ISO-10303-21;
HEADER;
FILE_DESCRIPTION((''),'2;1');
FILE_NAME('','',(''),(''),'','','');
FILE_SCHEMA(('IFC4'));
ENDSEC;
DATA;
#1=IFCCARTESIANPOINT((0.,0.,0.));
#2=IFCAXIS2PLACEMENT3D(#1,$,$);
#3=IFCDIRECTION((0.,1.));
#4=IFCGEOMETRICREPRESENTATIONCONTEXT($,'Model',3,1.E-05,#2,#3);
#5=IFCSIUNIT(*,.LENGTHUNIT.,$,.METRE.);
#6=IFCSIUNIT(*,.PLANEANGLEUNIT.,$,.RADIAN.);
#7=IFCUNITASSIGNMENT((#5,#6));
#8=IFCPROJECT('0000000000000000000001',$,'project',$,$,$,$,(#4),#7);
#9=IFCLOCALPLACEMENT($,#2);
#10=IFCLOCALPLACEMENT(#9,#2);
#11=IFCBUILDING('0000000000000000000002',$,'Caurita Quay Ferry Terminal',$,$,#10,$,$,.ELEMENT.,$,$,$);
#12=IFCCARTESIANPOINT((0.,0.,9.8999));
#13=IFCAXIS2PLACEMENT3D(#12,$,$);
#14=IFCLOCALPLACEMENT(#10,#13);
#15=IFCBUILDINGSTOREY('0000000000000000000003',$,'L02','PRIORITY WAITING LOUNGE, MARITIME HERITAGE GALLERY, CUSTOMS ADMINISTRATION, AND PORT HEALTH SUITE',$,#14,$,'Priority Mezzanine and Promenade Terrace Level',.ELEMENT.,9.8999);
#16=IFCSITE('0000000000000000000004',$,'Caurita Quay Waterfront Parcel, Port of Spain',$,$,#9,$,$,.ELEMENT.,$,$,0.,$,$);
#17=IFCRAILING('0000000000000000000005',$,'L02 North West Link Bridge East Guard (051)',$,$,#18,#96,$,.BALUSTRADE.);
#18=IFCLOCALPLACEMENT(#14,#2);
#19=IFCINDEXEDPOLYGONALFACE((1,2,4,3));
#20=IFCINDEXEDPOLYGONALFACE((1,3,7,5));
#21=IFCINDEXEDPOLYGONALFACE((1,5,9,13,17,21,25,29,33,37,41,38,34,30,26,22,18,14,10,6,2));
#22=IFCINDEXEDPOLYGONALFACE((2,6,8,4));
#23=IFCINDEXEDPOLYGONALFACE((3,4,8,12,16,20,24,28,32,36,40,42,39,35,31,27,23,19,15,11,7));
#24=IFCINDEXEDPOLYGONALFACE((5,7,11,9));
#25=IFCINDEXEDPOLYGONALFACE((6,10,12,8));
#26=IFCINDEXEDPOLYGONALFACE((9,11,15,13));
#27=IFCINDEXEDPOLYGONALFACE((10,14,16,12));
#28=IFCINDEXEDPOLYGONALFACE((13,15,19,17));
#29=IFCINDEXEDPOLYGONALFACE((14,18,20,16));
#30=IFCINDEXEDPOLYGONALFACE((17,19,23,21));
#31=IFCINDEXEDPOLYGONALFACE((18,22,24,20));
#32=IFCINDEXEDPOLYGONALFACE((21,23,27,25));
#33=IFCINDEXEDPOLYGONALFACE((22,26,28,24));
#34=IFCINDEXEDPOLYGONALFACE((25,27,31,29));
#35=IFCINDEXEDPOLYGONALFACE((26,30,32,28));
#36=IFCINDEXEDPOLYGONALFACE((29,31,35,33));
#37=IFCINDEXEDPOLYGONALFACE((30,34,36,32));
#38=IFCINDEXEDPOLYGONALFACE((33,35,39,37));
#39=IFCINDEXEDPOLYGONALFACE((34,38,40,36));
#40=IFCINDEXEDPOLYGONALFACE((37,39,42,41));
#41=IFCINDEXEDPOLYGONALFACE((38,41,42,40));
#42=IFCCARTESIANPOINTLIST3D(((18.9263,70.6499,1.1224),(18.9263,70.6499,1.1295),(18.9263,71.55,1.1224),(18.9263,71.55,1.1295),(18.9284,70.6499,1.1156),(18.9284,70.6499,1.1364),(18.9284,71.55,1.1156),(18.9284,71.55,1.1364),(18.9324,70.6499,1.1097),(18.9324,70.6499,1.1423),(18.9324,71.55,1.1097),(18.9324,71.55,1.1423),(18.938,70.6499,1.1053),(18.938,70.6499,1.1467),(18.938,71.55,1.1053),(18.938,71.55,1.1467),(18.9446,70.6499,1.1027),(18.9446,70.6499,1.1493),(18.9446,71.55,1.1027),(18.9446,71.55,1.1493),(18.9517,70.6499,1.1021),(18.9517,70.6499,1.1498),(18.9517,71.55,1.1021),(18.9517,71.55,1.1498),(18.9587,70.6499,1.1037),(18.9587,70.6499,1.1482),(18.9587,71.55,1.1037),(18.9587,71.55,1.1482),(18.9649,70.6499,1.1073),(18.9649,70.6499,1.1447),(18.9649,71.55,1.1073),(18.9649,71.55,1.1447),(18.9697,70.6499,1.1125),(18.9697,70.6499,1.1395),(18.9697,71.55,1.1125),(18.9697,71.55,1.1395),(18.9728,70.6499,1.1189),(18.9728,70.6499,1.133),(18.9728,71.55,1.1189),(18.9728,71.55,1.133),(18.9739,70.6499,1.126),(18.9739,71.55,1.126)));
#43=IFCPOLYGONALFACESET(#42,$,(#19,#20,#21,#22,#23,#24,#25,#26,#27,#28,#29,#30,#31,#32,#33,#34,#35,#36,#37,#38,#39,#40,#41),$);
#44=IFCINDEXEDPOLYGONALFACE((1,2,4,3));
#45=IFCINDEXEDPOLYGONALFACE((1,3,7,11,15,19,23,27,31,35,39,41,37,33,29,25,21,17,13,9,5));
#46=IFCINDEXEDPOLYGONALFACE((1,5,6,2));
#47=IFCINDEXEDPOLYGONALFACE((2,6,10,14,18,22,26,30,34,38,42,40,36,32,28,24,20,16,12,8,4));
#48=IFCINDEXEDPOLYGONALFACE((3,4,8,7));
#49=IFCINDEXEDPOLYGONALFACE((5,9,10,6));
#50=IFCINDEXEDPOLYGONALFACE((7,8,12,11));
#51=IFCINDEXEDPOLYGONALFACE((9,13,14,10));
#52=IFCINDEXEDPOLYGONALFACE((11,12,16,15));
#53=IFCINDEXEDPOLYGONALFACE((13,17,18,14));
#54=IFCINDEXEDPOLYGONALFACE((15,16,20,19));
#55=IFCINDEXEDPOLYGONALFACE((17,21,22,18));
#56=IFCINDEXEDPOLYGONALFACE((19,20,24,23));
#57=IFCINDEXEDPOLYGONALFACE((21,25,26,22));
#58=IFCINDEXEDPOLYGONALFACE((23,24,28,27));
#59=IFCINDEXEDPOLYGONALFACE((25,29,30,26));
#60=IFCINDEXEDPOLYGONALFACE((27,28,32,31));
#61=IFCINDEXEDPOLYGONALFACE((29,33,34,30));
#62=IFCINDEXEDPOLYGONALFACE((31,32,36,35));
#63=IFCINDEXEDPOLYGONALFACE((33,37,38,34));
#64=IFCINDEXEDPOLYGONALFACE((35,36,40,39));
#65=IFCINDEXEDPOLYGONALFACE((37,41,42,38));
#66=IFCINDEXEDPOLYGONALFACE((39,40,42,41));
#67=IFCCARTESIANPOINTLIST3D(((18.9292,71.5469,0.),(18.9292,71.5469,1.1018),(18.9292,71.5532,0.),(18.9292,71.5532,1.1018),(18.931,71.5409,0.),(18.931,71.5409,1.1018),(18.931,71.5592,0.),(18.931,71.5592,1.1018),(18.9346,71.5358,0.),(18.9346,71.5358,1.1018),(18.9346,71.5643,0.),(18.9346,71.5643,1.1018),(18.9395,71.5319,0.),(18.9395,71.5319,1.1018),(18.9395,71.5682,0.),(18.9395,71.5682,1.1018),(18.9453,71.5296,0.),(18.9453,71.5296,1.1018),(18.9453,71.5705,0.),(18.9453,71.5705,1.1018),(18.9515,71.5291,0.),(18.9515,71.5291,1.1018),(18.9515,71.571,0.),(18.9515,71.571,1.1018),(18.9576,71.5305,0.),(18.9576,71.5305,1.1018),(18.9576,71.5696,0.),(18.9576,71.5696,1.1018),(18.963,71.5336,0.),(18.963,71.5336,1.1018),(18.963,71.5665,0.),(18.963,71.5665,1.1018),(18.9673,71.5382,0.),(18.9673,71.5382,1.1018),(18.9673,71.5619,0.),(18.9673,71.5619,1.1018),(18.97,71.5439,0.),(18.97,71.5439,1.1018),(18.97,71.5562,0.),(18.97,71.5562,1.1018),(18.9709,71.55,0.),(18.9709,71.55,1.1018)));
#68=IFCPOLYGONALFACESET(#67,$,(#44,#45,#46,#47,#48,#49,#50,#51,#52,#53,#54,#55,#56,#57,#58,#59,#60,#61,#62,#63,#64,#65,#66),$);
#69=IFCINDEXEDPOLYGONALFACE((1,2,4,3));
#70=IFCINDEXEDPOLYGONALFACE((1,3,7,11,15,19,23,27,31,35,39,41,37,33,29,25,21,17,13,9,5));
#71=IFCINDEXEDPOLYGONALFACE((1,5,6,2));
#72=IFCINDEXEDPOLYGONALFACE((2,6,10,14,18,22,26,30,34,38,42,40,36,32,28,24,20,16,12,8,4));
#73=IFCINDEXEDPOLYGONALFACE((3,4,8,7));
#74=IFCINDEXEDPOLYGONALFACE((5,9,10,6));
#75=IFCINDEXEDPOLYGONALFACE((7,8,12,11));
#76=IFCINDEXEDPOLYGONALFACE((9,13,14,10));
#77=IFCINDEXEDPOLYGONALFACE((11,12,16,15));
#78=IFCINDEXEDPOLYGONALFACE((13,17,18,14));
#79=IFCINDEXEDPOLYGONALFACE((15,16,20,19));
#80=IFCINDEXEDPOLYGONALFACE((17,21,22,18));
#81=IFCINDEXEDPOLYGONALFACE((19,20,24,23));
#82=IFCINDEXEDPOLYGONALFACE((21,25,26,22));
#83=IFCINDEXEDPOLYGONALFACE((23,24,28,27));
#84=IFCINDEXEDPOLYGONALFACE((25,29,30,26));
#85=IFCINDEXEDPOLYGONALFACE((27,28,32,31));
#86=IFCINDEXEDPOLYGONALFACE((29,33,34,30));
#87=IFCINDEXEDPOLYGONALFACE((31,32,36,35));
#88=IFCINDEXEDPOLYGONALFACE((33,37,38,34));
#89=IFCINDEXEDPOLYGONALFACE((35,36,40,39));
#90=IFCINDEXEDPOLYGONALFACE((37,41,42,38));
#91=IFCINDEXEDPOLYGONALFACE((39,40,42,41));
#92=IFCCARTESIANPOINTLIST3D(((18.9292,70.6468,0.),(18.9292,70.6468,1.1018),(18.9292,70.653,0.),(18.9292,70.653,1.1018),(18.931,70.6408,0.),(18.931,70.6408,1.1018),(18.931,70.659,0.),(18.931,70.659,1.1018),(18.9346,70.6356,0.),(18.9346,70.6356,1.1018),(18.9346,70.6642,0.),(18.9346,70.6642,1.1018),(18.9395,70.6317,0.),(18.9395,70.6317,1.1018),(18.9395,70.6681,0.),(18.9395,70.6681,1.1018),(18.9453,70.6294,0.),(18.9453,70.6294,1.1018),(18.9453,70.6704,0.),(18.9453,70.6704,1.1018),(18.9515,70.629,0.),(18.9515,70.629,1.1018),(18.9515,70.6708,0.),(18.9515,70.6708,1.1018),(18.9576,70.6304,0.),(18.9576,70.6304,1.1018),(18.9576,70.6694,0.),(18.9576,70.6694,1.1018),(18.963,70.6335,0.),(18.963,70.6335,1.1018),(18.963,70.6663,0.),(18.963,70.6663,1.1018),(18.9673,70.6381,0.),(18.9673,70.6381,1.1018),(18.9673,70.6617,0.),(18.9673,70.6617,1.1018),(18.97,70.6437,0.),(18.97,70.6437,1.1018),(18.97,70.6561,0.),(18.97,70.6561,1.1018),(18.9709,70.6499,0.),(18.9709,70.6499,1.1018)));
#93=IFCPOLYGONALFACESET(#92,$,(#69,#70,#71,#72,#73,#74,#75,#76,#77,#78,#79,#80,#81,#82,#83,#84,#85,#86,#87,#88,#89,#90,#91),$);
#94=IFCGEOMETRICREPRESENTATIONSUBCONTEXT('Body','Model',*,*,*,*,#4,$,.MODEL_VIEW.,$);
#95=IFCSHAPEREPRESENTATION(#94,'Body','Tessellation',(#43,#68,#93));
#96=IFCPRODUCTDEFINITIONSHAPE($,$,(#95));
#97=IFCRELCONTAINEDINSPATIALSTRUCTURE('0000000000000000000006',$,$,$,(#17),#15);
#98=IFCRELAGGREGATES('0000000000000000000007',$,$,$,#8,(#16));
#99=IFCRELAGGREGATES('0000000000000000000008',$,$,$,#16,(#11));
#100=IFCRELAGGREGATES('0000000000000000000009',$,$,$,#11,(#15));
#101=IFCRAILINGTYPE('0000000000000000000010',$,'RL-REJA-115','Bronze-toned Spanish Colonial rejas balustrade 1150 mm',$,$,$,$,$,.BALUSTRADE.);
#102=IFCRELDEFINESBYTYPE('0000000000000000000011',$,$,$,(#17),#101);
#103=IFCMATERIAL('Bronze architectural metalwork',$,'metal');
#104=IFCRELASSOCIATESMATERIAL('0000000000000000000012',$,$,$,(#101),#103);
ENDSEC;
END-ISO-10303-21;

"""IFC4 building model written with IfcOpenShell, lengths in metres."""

from ifc_helpers import new_model, si_unit, direction, frame, origin, origin_2d, place, context, subcontext, project, spatial, circle, extrude, material, type_object, element, save


model = new_model("IFC4")

# Units and contexts
model_context = context("Model", 3, precision=1e-05, world=origin(), true_north=direction((0.0, 1.0)))
body_context = subcontext(model_context, "Body", "Model", "MODEL_VIEW")
ifc_project = project(units=[si_unit("LENGTHUNIT", "METRE"), si_unit("PLANEANGLEUNIT", "RADIAN")], contexts=[model_context])

# Site, building, storey
site_placement = place(None, origin())
site = spatial("IfcSite", under=ifc_project, at=site_placement, Name="Caurita Quay Waterfront Parcel, Port of Spain", CompositionType="ELEMENT", RefElevation=0.0)
building_placement = place(site_placement, origin())
building = spatial("IfcBuilding", under=site, at=building_placement, Name="Caurita Quay Ferry Terminal", CompositionType="ELEMENT")
storey_placement = place(building_placement, frame((0.0, 0.0, 9.8999)))
storey = spatial("IfcBuildingStorey", under=building, at=storey_placement, Name="L02", Description="PRIORITY WAITING LOUNGE, MARITIME HERITAGE GALLERY, CUSTOMS ADMINISTRATION, AND PORT HEALTH SUITE", LongName="Priority Mezzanine and Promenade Terrace Level", CompositionType="ELEMENT", Elevation=9.8999)

# Shared definitions
ifc_material_1 = material(Name="Bronze architectural metalwork", Category="metal")

# Railing
railing_type = type_object("IfcRailingType", Name="RL-REJA-115", Description="Bronze-toned Spanish Colonial rejas balustrade 1150 mm", PredefinedType="BALUSTRADE", material=ifc_material_1)
railing_1_placement = place(storey_placement, frame((18.95, 71.55, 0.0)))
element("IfcRailing", 1, at=railing_1_placement, inside=storey, type_object=railing_type, Name="L02 North West Link Bridge East Guard (051)", PredefinedType="BALUSTRADE", context=body_context, shape_type="SweptSolid", body=[
    extrude(circle(Radius=0.0239, at=origin_2d()), frame((0.0, 0.0, 1.126), z_axis=(0.0, -1.0, 0.0), x_axis=(1.0, 0.0, 0.0)), (0.0, 0.0, 1.0), 0.9001),
    extrude(circle(Radius=0.021, at=origin_2d()), origin(), (0.0, 0.0, 1.0), 1.1018),
    extrude(circle(Radius=0.021, at=origin_2d()), frame((0.0, -0.9001, 0.0)), (0.0, 0.0, 1.0), 1.1018),
])

save(model, "model.ifc")
